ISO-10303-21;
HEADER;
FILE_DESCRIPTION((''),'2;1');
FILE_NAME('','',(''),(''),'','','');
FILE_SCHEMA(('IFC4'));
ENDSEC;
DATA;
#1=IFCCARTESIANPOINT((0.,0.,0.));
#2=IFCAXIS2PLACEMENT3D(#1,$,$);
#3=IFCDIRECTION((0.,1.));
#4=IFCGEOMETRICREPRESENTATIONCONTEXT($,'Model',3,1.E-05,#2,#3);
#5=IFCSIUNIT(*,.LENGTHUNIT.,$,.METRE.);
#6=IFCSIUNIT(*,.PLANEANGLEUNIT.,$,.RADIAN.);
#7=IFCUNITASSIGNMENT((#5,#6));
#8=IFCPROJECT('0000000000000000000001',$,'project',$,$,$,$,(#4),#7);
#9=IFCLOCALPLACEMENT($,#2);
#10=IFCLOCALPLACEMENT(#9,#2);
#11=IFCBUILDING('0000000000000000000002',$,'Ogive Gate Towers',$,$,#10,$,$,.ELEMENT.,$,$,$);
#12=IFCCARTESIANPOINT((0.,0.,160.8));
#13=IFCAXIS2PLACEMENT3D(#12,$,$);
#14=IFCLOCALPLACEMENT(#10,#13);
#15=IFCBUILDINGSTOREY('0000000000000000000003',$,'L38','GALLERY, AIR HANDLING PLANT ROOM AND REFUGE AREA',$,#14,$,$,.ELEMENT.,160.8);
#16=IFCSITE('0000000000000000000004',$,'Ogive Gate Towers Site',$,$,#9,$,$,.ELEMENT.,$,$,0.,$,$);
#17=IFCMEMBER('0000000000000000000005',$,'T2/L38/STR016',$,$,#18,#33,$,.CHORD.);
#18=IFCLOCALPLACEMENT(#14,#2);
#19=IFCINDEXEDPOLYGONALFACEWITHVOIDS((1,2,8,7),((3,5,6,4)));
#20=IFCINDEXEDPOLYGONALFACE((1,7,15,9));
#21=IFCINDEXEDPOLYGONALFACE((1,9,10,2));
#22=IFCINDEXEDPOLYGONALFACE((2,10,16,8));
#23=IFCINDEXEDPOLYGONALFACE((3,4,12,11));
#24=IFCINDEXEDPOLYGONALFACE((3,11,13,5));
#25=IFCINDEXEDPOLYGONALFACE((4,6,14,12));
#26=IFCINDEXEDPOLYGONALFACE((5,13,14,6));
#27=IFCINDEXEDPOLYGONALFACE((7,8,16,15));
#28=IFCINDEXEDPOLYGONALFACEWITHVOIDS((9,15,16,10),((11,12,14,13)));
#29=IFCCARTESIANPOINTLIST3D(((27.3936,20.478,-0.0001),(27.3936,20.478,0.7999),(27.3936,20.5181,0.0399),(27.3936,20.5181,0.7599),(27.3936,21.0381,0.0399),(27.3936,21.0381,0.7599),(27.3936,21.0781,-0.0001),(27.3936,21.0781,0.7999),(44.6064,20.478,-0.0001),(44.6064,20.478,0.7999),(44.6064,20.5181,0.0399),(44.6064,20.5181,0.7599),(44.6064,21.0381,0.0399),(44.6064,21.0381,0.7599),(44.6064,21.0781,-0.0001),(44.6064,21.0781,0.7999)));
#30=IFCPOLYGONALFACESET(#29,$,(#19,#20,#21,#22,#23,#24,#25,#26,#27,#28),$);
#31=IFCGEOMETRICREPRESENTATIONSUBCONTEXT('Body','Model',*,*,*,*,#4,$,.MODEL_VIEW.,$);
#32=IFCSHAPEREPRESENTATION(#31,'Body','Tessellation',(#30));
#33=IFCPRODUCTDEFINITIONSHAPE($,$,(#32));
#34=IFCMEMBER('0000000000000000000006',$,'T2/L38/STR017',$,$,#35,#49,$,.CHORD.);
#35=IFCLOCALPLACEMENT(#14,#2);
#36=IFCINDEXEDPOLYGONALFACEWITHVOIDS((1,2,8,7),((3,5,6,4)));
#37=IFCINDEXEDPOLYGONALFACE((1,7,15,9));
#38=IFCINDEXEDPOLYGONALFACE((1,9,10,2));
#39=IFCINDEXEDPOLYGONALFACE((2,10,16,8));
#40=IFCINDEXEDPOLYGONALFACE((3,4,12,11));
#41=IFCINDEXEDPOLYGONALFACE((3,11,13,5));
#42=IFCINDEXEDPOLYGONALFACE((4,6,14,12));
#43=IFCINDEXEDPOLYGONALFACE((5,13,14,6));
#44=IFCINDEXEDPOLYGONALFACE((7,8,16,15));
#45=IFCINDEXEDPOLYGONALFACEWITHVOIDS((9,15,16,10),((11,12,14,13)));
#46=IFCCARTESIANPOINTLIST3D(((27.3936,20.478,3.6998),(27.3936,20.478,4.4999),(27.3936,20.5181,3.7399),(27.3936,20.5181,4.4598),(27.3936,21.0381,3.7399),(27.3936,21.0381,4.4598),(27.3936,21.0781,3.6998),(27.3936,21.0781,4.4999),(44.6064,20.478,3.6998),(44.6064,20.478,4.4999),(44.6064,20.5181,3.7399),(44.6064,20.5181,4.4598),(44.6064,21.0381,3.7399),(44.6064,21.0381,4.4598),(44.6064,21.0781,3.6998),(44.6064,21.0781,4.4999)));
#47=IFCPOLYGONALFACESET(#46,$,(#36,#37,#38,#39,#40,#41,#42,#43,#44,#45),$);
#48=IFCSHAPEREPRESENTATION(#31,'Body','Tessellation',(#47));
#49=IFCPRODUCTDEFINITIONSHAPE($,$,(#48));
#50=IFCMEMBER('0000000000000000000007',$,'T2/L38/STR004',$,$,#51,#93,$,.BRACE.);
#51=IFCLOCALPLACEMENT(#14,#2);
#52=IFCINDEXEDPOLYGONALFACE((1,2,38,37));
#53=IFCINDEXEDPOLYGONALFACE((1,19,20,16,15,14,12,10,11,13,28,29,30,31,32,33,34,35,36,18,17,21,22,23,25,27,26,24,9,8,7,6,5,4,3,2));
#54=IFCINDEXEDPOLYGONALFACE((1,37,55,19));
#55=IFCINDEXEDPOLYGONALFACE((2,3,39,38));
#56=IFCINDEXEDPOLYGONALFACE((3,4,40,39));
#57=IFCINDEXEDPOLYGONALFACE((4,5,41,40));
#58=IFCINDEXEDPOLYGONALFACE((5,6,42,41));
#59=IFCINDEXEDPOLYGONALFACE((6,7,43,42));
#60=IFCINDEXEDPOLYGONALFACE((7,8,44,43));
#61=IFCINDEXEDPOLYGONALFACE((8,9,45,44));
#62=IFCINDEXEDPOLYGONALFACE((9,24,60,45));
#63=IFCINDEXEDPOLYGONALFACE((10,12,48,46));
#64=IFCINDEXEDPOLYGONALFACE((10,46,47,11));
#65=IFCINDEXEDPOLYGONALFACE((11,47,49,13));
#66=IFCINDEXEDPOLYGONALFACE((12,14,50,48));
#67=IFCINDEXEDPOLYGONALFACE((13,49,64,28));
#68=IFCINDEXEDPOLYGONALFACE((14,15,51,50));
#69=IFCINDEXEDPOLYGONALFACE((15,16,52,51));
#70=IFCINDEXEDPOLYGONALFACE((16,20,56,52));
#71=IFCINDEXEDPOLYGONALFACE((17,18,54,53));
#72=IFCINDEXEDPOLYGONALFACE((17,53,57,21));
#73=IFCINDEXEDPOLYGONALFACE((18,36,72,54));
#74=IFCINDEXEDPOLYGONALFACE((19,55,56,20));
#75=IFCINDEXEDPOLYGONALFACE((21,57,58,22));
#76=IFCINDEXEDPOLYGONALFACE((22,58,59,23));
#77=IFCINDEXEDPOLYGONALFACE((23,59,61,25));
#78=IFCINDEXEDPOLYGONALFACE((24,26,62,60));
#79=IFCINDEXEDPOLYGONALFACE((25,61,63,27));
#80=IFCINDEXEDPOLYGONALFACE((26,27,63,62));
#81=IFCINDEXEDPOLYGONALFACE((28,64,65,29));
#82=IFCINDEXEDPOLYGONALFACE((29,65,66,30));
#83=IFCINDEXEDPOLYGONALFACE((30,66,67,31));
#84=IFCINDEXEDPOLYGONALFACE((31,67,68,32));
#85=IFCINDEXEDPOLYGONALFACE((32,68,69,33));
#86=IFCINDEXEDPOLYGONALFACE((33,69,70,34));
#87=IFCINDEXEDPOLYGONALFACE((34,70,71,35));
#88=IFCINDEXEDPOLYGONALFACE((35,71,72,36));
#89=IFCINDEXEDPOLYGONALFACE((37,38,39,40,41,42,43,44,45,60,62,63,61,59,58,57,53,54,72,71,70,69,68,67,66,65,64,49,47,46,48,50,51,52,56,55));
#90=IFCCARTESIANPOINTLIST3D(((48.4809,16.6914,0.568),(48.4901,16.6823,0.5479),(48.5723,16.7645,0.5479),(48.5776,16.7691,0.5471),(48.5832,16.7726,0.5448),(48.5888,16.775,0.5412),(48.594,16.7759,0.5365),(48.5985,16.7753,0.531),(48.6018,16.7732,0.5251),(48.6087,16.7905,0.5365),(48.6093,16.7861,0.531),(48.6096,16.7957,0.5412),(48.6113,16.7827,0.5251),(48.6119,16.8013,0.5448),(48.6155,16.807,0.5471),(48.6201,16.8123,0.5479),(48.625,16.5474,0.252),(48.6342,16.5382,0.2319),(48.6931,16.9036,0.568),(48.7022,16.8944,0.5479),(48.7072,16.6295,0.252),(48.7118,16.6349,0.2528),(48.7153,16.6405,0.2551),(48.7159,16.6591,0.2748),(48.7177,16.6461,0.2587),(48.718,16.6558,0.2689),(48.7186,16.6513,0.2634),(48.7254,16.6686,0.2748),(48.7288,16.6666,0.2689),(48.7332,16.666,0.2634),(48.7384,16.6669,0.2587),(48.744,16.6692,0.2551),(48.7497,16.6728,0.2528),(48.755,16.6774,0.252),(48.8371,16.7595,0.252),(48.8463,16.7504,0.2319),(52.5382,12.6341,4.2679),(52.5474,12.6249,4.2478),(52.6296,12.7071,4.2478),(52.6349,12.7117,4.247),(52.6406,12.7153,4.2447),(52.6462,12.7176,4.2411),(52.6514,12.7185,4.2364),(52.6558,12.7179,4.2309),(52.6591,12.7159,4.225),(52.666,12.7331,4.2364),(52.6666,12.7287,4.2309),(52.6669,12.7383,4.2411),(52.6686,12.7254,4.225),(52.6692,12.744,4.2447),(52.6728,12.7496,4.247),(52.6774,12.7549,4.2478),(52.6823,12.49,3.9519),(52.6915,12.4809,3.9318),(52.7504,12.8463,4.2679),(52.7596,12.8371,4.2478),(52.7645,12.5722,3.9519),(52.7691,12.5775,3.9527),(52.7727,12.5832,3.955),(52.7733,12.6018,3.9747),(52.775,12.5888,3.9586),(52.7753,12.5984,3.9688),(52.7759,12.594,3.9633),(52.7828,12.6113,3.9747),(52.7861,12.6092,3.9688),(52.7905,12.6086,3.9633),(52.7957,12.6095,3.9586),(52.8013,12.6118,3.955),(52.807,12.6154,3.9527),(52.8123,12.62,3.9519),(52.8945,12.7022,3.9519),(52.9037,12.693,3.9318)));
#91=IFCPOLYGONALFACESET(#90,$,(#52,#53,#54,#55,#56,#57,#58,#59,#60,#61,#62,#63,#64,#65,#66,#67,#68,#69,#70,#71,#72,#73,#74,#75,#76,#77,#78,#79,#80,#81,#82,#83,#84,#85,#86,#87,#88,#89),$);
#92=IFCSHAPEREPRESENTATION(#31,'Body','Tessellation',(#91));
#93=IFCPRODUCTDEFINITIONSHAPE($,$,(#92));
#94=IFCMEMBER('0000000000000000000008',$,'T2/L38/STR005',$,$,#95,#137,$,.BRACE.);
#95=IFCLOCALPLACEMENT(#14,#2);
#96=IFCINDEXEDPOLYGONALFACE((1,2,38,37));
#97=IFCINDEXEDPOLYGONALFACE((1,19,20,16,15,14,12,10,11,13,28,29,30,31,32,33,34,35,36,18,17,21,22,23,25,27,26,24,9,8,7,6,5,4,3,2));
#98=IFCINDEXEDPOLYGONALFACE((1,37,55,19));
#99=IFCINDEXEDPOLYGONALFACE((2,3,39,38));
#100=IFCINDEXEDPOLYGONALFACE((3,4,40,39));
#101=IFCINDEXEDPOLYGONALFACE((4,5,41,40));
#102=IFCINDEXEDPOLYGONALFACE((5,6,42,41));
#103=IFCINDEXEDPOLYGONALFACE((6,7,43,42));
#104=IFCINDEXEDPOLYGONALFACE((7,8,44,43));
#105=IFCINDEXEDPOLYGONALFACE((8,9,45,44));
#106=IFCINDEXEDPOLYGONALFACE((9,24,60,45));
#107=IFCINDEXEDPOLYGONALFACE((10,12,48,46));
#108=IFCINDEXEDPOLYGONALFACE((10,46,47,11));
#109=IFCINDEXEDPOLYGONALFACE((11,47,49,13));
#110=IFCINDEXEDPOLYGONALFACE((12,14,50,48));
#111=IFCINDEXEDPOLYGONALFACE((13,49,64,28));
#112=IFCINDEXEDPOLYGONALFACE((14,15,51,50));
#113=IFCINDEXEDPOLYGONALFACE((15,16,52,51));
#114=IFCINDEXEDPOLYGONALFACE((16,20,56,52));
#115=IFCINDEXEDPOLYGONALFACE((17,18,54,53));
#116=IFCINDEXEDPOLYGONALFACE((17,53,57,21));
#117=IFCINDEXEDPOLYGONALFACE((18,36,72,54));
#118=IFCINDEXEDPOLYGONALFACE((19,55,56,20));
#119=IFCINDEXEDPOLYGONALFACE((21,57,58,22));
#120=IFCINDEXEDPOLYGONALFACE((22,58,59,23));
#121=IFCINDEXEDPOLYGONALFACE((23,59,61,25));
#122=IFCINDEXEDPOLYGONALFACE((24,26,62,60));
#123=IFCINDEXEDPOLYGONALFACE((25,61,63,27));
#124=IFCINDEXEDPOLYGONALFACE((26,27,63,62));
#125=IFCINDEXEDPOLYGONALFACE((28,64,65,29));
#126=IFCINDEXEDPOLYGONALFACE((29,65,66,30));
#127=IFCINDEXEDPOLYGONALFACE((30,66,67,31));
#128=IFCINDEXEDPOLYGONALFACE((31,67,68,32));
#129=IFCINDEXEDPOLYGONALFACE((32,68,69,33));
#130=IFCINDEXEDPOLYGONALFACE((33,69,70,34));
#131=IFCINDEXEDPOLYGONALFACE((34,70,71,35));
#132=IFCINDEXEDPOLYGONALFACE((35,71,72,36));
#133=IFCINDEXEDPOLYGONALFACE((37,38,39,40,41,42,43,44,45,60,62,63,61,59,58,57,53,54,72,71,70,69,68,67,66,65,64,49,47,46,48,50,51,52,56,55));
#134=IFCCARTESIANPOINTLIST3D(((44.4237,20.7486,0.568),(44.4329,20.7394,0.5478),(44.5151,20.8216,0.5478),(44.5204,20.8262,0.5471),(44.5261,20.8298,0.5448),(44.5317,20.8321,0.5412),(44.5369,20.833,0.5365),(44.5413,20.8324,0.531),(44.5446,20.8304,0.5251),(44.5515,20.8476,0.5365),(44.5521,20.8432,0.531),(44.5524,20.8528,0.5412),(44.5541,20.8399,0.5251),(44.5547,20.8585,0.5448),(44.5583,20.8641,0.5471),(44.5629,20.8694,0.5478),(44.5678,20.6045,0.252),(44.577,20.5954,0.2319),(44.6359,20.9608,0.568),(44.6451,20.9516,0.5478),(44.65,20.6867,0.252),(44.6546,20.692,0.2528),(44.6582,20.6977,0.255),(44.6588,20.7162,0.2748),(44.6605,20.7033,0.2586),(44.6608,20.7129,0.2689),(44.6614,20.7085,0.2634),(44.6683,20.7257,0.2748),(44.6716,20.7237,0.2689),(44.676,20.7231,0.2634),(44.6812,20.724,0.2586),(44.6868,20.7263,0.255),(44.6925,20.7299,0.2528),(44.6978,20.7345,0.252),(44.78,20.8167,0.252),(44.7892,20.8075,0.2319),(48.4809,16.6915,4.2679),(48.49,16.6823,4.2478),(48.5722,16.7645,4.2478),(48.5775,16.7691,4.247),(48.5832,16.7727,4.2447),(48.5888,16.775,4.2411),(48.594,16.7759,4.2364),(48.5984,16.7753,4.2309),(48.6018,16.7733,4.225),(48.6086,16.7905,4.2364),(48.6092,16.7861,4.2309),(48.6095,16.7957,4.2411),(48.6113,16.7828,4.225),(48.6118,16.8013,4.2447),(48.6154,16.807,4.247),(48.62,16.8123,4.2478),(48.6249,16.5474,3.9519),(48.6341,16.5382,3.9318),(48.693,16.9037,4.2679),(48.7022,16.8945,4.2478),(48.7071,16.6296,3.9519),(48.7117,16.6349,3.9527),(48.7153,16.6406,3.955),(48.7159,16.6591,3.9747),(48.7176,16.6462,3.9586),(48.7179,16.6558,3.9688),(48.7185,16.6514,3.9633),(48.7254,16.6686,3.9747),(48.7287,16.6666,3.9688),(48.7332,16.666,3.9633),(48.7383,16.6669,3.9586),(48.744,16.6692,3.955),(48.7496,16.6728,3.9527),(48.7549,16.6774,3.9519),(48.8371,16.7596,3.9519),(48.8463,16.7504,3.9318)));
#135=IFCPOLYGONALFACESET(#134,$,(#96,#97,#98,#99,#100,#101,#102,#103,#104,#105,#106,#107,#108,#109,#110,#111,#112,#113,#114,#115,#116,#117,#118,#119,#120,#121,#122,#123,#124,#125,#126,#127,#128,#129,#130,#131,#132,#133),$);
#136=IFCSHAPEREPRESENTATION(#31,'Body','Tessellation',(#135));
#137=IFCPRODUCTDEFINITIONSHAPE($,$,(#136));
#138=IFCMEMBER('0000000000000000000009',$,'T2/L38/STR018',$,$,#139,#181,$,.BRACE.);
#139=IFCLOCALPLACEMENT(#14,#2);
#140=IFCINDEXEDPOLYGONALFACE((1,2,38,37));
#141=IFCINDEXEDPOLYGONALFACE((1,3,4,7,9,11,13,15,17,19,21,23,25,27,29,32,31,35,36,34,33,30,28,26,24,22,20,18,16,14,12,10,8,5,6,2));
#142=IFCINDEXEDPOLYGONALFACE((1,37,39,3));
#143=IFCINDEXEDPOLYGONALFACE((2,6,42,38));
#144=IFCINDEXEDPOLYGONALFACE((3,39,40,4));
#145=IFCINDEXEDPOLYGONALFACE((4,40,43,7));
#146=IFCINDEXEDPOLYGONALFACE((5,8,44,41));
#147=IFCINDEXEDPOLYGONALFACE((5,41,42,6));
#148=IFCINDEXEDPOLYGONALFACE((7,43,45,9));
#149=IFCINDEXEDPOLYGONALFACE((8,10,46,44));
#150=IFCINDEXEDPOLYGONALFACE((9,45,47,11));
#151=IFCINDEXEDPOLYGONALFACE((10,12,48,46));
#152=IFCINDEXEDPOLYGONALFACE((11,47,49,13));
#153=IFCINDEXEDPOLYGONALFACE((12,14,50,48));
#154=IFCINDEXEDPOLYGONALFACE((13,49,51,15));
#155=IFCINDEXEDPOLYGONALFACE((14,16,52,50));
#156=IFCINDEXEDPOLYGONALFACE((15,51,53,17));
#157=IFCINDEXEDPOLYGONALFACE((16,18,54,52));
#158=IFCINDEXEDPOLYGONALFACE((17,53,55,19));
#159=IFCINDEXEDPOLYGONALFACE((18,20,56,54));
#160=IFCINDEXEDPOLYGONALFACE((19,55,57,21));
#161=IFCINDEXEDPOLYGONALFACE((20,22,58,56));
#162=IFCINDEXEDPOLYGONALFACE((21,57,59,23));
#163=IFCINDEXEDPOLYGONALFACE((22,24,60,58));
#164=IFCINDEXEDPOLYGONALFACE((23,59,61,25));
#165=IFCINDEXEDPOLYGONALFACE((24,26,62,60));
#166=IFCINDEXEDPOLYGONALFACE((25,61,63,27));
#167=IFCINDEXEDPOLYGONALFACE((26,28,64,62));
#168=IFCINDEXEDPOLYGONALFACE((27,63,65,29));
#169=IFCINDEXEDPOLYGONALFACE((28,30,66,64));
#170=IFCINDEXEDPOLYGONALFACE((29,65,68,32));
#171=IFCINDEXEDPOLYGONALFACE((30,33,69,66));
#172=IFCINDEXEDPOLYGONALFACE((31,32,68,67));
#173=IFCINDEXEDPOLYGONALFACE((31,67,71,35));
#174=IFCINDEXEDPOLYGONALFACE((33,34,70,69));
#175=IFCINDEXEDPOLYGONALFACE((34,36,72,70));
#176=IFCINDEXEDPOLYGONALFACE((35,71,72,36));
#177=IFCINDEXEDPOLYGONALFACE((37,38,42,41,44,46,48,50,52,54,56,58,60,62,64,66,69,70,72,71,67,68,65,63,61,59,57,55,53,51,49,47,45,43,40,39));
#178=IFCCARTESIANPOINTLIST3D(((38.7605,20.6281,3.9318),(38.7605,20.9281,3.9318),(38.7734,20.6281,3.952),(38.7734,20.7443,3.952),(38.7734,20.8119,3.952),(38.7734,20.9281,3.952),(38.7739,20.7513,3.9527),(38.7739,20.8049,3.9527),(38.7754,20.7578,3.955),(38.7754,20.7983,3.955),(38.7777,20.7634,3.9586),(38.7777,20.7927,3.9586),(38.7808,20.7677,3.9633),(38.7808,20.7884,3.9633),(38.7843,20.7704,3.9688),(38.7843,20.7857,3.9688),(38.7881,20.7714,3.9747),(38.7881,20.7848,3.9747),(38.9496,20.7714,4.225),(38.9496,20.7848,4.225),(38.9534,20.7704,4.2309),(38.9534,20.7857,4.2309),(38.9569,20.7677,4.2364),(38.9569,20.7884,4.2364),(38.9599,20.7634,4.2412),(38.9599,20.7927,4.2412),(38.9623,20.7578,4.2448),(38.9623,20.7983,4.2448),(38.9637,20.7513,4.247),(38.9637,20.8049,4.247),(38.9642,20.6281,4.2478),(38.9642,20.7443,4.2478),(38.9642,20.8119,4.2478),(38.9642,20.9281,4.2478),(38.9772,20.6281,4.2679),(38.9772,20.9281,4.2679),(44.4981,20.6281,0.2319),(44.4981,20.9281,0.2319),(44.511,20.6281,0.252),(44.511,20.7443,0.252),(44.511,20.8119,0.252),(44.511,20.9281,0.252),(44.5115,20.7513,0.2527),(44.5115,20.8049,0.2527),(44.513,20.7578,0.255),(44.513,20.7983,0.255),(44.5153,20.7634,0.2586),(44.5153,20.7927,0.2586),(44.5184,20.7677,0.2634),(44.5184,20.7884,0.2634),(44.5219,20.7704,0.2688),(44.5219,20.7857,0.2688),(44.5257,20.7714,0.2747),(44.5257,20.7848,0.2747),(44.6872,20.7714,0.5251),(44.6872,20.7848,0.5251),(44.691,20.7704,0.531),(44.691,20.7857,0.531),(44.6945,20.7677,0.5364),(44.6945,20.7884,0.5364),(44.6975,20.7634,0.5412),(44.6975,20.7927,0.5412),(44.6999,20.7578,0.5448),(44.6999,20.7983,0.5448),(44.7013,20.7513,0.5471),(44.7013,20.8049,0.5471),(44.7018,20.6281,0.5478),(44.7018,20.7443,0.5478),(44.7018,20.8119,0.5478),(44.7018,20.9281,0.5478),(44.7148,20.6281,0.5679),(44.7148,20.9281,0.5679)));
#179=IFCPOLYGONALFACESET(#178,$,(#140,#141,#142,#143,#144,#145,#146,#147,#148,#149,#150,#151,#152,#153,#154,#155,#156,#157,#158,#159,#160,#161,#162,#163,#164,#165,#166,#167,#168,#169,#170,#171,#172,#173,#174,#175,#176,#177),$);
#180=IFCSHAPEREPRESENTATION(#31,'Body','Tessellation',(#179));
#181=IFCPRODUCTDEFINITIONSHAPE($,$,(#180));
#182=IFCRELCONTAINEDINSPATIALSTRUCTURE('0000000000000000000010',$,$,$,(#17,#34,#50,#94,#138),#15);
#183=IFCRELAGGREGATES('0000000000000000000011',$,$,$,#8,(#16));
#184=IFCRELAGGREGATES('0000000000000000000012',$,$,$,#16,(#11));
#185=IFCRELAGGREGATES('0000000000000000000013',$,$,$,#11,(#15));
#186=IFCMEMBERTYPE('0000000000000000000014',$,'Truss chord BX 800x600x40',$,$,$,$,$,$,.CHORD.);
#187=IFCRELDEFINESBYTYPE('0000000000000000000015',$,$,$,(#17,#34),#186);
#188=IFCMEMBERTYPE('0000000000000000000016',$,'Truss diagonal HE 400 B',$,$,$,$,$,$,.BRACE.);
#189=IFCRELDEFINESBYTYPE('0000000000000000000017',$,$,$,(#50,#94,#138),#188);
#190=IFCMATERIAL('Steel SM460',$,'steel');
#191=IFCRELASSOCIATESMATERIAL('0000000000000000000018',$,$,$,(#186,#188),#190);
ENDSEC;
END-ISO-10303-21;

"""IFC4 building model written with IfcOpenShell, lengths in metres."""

from ifc_helpers import new_model, si_unit, direction, frame, origin, origin_2d, place, context, subcontext, project, spatial, hollow_rectangle, i_section, extrude, material, material_profile, profile_set, type_object, element, save


model = new_model("IFC4")

# Units and contexts
model_context = context("Model", 3, precision=1e-05, world=origin(), true_north=direction((0.0, 1.0)))
body_context = subcontext(model_context, "Body", "Model", "MODEL_VIEW")
ifc_project = project(units=[si_unit("LENGTHUNIT", "METRE"), si_unit("PLANEANGLEUNIT", "RADIAN")], contexts=[model_context])

# Site, building, storey
site_placement = place(None, origin())
site = spatial("IfcSite", under=ifc_project, at=site_placement, Name="Ogive Gate Towers Site", CompositionType="ELEMENT", RefElevation=0.0)
building_placement = place(site_placement, origin())
building = spatial("IfcBuilding", under=site, at=building_placement, Name="Ogive Gate Towers", CompositionType="ELEMENT")
storey_placement = place(building_placement, frame((0.0, 0.0, 160.8)))
storey = spatial("IfcBuildingStorey", under=building, at=storey_placement, Name="L38", Description="GALLERY, AIR HANDLING PLANT ROOM AND REFUGE AREA", CompositionType="ELEMENT", Elevation=160.8)

# Shared definitions
ifc_material_1 = material(Name="Steel SM460", Category="steel")

# Members
ifc_material_profile_1 = material_profile(ifc_material_1, hollow_rectangle(XDim=0.6001, YDim=0.8, WallThickness=0.04, at=origin_2d()), Name="BX 800x600x40")
ifc_profile_set_1 = profile_set([ifc_material_profile_1], Name="Steel SM460")
member_type_1 = type_object("IfcMemberType", Name="Truss chord BX 800x600x40", PredefinedType="CHORD", material=ifc_profile_set_1)
for number, where, z_axis, x_axis, name in (
    (1, (44.6064, 20.7781, 0.3999), (-1.0, 0.0, 0.0), (0.0, -1.0, 0.0), "T2/L38/STR016"),
    (2, (44.6064, 20.7781, 4.0999), (-1.0, 0.0, 0.0), (0.0, -1.0, 0.0), "T2/L38/STR017"),
):
    element("IfcMember", number, at=place(storey_placement, frame(where, z_axis=z_axis, x_axis=x_axis)), inside=storey, type_object=member_type_1, Name=name, PredefinedType="CHORD", context=body_context, shape_type="SweptSolid", body=[
        extrude(hollow_rectangle(XDim=0.6001, YDim=0.8, WallThickness=0.04, at=origin_2d()), origin(), (0.0, 0.0, 1.0), 17.2129),
    ])
ifc_material_profile_2 = material_profile(ifc_material_1, i_section(OverallWidth=0.3, OverallDepth=0.3999, WebThickness=0.0134, FlangeThickness=0.0239, FilletRadius=0.0271, at=origin_2d()), Name="HE 400 B")
ifc_profile_set_2 = profile_set([ifc_material_profile_2], Name="Steel SM460")
member_type_2 = type_object("IfcMemberType", Name="Truss diagonal HE 400 B", PredefinedType="BRACE", material=ifc_profile_set_2)
member_1_placement = place(storey_placement, frame((52.7209, 12.6636, 4.0999), z_axis=(-0.594273, 0.594273, -0.541922), x_axis=(-0.707107, -0.707107, 0.0)))
element("IfcMember", 3, at=member_1_placement, inside=storey, type_object=member_type_2, Name="T2/L38/STR004", PredefinedType="BRACE", context=body_context, shape_type="SweptSolid", body=[
    extrude(i_section(OverallWidth=0.3, OverallDepth=0.3999, WebThickness=0.0134, FlangeThickness=0.0239, FilletRadius=0.0271, at=origin_2d()), origin(), (0.0, 0.0, 1.0), 6.8274),
])
for number, where, z_axis, x_axis, name in (
    (4, (48.6636, 16.7209, 4.0999), (-0.594262, 0.594262, -0.541945), (-0.707107, -0.707107, 0.0), "T2/L38/STR005"),
    (5, (44.6064, 20.7781, 0.3999), (-0.84041, 0.0, 0.541952), (0.0, -1.0, 0.0), "T2/L38/STR018"),
):
    element("IfcMember", number, at=place(storey_placement, frame(where, z_axis=z_axis, x_axis=x_axis)), inside=storey, type_object=member_type_2, Name=name, PredefinedType="BRACE", context=body_context, shape_type="SweptSolid", body=[
        extrude(i_section(OverallWidth=0.3, OverallDepth=0.3999, WebThickness=0.0134, FlangeThickness=0.0239, FilletRadius=0.0271, at=origin_2d()), origin(), (0.0, 0.0, 1.0), 6.8271),
    ])

save(model, "model.ifc")
